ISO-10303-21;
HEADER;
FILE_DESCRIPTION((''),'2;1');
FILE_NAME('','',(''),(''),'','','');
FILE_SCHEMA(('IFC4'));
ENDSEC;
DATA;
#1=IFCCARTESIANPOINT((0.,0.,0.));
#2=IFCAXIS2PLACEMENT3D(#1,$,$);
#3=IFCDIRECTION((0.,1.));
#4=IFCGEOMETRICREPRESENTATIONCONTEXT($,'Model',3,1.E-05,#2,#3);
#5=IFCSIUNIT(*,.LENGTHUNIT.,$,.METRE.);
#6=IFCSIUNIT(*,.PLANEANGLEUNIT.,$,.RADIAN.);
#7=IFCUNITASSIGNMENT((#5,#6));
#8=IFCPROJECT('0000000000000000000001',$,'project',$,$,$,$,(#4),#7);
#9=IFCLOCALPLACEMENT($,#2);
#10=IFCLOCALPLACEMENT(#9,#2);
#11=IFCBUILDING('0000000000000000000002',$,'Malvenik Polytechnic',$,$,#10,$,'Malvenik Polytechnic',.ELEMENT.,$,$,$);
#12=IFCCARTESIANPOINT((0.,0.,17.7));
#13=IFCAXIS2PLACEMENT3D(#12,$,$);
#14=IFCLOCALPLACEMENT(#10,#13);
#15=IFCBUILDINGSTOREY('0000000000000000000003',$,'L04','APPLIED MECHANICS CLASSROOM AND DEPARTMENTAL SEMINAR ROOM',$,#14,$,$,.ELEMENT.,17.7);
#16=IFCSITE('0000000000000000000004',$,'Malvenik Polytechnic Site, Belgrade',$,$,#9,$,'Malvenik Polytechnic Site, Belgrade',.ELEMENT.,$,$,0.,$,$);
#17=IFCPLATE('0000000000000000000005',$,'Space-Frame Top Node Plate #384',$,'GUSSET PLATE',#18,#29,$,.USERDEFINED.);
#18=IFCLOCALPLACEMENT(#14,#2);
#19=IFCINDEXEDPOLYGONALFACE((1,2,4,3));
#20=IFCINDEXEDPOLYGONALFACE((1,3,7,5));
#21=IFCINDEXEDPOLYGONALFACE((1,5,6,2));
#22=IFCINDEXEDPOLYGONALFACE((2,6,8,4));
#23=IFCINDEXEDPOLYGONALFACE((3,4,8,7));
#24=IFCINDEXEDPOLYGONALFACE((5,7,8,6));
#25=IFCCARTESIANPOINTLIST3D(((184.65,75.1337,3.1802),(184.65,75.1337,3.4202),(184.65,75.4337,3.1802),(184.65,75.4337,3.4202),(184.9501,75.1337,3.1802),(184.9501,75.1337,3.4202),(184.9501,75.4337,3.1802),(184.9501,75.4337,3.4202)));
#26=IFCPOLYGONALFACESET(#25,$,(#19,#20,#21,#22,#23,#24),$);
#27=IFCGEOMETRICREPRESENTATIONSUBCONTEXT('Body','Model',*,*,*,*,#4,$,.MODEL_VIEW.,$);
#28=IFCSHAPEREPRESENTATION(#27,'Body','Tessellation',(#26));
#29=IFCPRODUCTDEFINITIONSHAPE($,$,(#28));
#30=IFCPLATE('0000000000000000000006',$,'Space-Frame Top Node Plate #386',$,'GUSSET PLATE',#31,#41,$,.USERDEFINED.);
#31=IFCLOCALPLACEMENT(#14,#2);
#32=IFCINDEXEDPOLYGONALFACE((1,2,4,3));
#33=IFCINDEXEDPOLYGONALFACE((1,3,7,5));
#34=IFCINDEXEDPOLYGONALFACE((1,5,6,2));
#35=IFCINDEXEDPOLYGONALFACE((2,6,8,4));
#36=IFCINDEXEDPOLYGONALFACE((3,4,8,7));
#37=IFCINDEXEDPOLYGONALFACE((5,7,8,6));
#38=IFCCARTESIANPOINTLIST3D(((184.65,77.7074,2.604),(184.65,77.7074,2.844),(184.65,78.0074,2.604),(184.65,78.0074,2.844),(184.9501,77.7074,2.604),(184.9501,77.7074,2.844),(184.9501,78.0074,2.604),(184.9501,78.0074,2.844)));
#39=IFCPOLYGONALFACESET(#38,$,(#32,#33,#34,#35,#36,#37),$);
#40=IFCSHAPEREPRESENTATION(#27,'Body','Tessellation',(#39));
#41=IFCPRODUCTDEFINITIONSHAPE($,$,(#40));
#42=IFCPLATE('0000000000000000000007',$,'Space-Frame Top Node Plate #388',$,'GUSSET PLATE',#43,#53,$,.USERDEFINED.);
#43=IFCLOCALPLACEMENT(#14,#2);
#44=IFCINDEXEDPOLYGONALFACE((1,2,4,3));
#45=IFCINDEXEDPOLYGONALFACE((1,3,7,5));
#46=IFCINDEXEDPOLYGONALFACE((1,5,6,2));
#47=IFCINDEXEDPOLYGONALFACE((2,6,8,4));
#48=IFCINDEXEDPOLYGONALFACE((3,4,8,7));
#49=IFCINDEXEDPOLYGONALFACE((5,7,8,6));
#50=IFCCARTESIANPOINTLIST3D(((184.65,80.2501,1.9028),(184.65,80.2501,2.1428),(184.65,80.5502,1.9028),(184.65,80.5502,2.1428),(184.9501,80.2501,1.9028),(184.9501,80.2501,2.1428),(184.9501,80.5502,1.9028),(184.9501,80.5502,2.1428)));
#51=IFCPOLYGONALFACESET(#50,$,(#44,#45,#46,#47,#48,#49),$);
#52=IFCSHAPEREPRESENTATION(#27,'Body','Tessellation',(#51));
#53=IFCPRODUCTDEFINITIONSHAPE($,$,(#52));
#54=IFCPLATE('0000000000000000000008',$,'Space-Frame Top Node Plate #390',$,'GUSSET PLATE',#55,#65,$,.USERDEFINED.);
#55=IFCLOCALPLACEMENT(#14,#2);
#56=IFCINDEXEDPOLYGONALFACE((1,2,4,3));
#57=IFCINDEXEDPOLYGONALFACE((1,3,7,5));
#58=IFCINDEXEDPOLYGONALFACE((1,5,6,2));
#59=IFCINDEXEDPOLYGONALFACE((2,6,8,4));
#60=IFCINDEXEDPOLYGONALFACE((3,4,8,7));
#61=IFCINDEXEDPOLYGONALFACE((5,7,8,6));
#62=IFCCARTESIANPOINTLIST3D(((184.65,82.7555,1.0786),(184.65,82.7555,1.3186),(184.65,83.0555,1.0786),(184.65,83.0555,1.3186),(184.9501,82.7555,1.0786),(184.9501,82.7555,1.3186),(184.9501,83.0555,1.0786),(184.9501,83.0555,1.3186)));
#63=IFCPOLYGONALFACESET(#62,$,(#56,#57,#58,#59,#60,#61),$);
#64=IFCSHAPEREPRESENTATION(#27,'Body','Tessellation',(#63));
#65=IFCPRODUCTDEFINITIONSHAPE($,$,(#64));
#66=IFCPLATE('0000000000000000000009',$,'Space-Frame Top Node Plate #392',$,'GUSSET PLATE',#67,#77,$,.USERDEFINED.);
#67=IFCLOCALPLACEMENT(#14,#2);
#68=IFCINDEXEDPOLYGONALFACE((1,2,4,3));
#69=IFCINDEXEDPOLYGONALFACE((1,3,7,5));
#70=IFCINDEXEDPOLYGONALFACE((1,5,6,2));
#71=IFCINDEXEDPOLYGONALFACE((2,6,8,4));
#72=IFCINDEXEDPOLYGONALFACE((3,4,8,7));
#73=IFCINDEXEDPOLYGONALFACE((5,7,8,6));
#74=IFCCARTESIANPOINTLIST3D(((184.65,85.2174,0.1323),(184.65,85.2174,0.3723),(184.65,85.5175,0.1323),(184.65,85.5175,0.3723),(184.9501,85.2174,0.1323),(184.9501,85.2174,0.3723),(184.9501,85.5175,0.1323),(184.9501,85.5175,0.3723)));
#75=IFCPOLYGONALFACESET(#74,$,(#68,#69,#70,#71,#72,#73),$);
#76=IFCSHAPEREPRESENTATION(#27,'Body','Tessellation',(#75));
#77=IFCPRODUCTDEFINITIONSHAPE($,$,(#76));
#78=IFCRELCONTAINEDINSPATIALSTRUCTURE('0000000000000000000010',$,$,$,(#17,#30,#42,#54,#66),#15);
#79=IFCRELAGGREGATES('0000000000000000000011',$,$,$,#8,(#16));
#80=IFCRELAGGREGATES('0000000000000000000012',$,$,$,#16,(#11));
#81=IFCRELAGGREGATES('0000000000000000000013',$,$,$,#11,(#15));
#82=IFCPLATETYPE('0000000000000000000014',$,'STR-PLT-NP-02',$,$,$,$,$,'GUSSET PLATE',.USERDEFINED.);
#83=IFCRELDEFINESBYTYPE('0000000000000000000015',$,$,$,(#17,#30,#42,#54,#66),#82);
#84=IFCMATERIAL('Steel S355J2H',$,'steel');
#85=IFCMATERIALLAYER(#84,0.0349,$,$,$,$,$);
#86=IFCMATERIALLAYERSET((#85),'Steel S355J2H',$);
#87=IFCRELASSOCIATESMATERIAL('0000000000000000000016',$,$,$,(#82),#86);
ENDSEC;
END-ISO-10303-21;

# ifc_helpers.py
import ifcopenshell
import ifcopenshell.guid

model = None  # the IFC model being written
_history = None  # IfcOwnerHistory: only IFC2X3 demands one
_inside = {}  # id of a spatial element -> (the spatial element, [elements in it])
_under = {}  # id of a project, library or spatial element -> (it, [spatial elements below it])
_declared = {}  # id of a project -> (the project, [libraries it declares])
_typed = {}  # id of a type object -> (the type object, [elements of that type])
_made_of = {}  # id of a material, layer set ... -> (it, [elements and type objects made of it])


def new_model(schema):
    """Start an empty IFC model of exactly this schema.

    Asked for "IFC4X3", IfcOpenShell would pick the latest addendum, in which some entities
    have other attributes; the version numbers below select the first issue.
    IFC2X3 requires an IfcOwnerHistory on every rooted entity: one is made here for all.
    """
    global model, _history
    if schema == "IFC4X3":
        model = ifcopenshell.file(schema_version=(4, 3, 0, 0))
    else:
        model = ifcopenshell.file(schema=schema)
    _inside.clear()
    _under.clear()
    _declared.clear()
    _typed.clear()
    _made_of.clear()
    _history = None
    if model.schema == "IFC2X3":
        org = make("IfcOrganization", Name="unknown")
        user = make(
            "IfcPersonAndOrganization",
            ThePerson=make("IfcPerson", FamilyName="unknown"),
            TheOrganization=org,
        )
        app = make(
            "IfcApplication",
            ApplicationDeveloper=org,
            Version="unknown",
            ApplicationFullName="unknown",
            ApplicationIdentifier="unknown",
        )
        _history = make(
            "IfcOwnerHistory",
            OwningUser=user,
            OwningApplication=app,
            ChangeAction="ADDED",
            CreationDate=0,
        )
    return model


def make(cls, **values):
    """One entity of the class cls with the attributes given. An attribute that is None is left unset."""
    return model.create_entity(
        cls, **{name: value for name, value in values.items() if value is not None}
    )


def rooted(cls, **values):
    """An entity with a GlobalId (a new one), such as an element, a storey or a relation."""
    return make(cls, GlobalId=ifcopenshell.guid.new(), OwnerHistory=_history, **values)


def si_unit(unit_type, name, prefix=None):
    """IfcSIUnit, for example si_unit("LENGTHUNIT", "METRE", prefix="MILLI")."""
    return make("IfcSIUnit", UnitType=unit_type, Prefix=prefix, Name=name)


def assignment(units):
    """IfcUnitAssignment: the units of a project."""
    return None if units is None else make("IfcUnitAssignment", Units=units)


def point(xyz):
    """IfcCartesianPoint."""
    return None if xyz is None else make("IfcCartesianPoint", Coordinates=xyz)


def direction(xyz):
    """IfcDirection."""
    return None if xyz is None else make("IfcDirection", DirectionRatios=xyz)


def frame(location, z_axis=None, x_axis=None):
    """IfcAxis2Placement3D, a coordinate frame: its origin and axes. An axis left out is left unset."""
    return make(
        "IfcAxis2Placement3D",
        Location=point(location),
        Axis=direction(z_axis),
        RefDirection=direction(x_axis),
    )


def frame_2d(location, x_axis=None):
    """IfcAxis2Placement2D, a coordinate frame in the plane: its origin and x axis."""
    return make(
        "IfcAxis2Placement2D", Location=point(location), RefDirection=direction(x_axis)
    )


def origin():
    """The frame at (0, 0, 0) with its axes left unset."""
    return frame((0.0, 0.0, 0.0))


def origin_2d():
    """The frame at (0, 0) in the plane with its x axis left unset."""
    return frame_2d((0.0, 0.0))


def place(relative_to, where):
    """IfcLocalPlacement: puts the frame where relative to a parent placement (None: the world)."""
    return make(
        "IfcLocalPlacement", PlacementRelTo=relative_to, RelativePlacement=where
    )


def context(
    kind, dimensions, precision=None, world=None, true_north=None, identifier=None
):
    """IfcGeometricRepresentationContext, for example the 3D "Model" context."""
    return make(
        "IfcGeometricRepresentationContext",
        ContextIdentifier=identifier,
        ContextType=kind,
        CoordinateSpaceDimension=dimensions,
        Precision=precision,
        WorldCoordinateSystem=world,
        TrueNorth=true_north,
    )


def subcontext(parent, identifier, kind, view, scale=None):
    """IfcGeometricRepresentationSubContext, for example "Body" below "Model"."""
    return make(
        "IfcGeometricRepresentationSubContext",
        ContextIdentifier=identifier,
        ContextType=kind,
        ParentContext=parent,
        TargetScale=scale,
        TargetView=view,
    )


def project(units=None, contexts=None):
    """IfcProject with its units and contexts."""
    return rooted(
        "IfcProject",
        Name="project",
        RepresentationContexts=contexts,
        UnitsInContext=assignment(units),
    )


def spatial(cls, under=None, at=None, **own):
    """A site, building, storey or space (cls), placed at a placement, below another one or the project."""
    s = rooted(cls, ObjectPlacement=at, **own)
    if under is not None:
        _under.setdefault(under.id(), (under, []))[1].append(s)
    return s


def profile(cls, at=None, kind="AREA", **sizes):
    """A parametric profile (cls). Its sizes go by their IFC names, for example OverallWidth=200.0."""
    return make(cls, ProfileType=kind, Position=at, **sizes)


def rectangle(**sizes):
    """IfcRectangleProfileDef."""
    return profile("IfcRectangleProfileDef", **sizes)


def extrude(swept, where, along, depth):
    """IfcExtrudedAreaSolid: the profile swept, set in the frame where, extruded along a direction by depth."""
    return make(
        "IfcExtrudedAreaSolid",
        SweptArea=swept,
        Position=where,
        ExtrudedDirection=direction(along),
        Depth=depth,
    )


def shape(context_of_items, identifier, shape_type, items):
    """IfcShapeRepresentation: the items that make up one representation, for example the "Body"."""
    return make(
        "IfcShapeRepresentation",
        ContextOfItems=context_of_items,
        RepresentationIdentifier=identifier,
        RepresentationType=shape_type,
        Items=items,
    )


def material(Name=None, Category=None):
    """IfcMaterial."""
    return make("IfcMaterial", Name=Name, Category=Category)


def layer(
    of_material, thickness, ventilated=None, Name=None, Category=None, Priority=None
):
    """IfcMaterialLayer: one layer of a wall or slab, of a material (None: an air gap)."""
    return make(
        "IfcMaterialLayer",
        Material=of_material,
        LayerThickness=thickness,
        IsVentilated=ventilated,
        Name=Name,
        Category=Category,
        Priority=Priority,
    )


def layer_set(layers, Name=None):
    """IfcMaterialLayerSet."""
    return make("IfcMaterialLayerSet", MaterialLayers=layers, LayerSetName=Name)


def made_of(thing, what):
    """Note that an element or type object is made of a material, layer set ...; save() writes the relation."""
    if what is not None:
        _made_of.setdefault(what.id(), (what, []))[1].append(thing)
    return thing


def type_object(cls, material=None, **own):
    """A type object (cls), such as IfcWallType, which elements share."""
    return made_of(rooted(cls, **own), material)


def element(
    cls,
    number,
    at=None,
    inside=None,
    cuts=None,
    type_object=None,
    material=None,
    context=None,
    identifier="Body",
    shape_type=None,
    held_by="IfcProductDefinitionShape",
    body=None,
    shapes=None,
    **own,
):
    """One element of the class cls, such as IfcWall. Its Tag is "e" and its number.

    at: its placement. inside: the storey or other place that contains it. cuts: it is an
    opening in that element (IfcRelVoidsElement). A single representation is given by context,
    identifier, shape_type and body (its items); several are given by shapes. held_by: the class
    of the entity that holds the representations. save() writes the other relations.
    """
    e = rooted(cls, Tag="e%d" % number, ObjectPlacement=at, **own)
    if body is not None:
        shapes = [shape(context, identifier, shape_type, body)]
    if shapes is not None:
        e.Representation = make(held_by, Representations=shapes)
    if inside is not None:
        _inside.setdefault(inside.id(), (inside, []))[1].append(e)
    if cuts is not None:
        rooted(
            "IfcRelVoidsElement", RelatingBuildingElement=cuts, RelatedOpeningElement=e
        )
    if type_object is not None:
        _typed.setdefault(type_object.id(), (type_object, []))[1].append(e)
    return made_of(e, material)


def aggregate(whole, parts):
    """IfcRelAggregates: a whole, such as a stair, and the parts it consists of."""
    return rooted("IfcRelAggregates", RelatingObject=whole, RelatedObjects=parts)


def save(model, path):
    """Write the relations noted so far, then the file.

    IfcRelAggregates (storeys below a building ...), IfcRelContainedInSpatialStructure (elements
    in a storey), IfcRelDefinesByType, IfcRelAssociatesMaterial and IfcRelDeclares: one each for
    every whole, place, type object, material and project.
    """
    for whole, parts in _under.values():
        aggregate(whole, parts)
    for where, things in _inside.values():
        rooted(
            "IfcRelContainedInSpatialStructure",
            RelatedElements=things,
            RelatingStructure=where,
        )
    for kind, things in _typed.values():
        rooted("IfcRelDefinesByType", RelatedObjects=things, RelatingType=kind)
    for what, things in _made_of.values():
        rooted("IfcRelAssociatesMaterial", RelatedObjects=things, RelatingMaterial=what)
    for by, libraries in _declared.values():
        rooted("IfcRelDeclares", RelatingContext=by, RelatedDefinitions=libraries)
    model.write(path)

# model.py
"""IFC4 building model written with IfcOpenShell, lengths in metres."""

from ifc_helpers import new_model, si_unit, direction, frame, origin, origin_2d, place, context, subcontext, project, spatial, rectangle, extrude, material, layer, layer_set, type_object, element, save


model = new_model("IFC4")

# Units and contexts
model_context = context("Model", 3, precision=1e-05, world=origin(), true_north=direction((0.0, 1.0)))
body_context = subcontext(model_context, "Body", "Model", "MODEL_VIEW")
ifc_project = project(units=[si_unit("LENGTHUNIT", "METRE"), si_unit("PLANEANGLEUNIT", "RADIAN")], contexts=[model_context])

# Site, building, storey
site_placement = place(None, origin())
site = spatial("IfcSite", under=ifc_project, at=site_placement, Name="Malvenik Polytechnic Site, Belgrade", LongName="Malvenik Polytechnic Site, Belgrade", CompositionType="ELEMENT", RefElevation=0.0)
building_placement = place(site_placement, origin())
building = spatial("IfcBuilding", under=site, at=building_placement, Name="Malvenik Polytechnic", LongName="Malvenik Polytechnic", CompositionType="ELEMENT")
storey_placement = place(building_placement, frame((0.0, 0.0, 17.7)))
storey = spatial("IfcBuildingStorey", under=building, at=storey_placement, Name="L04", Description="APPLIED MECHANICS CLASSROOM AND DEPARTMENTAL SEMINAR ROOM", CompositionType="ELEMENT", Elevation=17.7)

# Shared definitions
ifc_material = material(Name="Steel S355J2H", Category="steel")

# Plates
ifc_layer_1 = layer(ifc_material, 0.0349)
ifc_layer_set_1 = layer_set([ifc_layer_1], Name="Steel S355J2H")
plate_type_1 = type_object("IfcPlateType", Name="STR-PLT-NP-02", ElementType="GUSSET PLATE", PredefinedType="USERDEFINED", material=ifc_layer_set_1)
for number, where, z_axis, x_axis, name in (
    (1, (184.8, 75.2837, 3.1802), (0.0, 0.0, 1.0), (1.0, 0.0, 0.0), "Space-Frame Top Node Plate #384"),
    (2, (184.8, 77.8574, 2.604), (0.0, 0.0, 1.0), (1.0, 0.0, 0.0), "Space-Frame Top Node Plate #386"),
    (3, (184.8, 80.4001, 1.9028), (0.0, 0.0, 1.0), (1.0, 0.0, 0.0), "Space-Frame Top Node Plate #388"),
    (4, (184.8, 82.9055, 1.0786), (0.0, 0.0, 1.0), (1.0, 0.0, 0.0), "Space-Frame Top Node Plate #390"),
    (5, (184.8, 85.3674, 0.1323), (0.0, 0.0, 1.0), (1.0, 0.0, 0.0), "Space-Frame Top Node Plate #392"),
):
    element("IfcPlate", number, at=place(storey_placement, frame(where, z_axis=z_axis, x_axis=x_axis)), inside=storey, type_object=plate_type_1, Name=name, ObjectType="GUSSET PLATE", PredefinedType="USERDEFINED", context=body_context, shape_type="SweptSolid", body=[
        extrude(rectangle(XDim=0.3, YDim=0.3, at=origin_2d()), origin(), (0.0, 0.0, 1.0), 0.24),
    ])

save(model, "model.ifc")
